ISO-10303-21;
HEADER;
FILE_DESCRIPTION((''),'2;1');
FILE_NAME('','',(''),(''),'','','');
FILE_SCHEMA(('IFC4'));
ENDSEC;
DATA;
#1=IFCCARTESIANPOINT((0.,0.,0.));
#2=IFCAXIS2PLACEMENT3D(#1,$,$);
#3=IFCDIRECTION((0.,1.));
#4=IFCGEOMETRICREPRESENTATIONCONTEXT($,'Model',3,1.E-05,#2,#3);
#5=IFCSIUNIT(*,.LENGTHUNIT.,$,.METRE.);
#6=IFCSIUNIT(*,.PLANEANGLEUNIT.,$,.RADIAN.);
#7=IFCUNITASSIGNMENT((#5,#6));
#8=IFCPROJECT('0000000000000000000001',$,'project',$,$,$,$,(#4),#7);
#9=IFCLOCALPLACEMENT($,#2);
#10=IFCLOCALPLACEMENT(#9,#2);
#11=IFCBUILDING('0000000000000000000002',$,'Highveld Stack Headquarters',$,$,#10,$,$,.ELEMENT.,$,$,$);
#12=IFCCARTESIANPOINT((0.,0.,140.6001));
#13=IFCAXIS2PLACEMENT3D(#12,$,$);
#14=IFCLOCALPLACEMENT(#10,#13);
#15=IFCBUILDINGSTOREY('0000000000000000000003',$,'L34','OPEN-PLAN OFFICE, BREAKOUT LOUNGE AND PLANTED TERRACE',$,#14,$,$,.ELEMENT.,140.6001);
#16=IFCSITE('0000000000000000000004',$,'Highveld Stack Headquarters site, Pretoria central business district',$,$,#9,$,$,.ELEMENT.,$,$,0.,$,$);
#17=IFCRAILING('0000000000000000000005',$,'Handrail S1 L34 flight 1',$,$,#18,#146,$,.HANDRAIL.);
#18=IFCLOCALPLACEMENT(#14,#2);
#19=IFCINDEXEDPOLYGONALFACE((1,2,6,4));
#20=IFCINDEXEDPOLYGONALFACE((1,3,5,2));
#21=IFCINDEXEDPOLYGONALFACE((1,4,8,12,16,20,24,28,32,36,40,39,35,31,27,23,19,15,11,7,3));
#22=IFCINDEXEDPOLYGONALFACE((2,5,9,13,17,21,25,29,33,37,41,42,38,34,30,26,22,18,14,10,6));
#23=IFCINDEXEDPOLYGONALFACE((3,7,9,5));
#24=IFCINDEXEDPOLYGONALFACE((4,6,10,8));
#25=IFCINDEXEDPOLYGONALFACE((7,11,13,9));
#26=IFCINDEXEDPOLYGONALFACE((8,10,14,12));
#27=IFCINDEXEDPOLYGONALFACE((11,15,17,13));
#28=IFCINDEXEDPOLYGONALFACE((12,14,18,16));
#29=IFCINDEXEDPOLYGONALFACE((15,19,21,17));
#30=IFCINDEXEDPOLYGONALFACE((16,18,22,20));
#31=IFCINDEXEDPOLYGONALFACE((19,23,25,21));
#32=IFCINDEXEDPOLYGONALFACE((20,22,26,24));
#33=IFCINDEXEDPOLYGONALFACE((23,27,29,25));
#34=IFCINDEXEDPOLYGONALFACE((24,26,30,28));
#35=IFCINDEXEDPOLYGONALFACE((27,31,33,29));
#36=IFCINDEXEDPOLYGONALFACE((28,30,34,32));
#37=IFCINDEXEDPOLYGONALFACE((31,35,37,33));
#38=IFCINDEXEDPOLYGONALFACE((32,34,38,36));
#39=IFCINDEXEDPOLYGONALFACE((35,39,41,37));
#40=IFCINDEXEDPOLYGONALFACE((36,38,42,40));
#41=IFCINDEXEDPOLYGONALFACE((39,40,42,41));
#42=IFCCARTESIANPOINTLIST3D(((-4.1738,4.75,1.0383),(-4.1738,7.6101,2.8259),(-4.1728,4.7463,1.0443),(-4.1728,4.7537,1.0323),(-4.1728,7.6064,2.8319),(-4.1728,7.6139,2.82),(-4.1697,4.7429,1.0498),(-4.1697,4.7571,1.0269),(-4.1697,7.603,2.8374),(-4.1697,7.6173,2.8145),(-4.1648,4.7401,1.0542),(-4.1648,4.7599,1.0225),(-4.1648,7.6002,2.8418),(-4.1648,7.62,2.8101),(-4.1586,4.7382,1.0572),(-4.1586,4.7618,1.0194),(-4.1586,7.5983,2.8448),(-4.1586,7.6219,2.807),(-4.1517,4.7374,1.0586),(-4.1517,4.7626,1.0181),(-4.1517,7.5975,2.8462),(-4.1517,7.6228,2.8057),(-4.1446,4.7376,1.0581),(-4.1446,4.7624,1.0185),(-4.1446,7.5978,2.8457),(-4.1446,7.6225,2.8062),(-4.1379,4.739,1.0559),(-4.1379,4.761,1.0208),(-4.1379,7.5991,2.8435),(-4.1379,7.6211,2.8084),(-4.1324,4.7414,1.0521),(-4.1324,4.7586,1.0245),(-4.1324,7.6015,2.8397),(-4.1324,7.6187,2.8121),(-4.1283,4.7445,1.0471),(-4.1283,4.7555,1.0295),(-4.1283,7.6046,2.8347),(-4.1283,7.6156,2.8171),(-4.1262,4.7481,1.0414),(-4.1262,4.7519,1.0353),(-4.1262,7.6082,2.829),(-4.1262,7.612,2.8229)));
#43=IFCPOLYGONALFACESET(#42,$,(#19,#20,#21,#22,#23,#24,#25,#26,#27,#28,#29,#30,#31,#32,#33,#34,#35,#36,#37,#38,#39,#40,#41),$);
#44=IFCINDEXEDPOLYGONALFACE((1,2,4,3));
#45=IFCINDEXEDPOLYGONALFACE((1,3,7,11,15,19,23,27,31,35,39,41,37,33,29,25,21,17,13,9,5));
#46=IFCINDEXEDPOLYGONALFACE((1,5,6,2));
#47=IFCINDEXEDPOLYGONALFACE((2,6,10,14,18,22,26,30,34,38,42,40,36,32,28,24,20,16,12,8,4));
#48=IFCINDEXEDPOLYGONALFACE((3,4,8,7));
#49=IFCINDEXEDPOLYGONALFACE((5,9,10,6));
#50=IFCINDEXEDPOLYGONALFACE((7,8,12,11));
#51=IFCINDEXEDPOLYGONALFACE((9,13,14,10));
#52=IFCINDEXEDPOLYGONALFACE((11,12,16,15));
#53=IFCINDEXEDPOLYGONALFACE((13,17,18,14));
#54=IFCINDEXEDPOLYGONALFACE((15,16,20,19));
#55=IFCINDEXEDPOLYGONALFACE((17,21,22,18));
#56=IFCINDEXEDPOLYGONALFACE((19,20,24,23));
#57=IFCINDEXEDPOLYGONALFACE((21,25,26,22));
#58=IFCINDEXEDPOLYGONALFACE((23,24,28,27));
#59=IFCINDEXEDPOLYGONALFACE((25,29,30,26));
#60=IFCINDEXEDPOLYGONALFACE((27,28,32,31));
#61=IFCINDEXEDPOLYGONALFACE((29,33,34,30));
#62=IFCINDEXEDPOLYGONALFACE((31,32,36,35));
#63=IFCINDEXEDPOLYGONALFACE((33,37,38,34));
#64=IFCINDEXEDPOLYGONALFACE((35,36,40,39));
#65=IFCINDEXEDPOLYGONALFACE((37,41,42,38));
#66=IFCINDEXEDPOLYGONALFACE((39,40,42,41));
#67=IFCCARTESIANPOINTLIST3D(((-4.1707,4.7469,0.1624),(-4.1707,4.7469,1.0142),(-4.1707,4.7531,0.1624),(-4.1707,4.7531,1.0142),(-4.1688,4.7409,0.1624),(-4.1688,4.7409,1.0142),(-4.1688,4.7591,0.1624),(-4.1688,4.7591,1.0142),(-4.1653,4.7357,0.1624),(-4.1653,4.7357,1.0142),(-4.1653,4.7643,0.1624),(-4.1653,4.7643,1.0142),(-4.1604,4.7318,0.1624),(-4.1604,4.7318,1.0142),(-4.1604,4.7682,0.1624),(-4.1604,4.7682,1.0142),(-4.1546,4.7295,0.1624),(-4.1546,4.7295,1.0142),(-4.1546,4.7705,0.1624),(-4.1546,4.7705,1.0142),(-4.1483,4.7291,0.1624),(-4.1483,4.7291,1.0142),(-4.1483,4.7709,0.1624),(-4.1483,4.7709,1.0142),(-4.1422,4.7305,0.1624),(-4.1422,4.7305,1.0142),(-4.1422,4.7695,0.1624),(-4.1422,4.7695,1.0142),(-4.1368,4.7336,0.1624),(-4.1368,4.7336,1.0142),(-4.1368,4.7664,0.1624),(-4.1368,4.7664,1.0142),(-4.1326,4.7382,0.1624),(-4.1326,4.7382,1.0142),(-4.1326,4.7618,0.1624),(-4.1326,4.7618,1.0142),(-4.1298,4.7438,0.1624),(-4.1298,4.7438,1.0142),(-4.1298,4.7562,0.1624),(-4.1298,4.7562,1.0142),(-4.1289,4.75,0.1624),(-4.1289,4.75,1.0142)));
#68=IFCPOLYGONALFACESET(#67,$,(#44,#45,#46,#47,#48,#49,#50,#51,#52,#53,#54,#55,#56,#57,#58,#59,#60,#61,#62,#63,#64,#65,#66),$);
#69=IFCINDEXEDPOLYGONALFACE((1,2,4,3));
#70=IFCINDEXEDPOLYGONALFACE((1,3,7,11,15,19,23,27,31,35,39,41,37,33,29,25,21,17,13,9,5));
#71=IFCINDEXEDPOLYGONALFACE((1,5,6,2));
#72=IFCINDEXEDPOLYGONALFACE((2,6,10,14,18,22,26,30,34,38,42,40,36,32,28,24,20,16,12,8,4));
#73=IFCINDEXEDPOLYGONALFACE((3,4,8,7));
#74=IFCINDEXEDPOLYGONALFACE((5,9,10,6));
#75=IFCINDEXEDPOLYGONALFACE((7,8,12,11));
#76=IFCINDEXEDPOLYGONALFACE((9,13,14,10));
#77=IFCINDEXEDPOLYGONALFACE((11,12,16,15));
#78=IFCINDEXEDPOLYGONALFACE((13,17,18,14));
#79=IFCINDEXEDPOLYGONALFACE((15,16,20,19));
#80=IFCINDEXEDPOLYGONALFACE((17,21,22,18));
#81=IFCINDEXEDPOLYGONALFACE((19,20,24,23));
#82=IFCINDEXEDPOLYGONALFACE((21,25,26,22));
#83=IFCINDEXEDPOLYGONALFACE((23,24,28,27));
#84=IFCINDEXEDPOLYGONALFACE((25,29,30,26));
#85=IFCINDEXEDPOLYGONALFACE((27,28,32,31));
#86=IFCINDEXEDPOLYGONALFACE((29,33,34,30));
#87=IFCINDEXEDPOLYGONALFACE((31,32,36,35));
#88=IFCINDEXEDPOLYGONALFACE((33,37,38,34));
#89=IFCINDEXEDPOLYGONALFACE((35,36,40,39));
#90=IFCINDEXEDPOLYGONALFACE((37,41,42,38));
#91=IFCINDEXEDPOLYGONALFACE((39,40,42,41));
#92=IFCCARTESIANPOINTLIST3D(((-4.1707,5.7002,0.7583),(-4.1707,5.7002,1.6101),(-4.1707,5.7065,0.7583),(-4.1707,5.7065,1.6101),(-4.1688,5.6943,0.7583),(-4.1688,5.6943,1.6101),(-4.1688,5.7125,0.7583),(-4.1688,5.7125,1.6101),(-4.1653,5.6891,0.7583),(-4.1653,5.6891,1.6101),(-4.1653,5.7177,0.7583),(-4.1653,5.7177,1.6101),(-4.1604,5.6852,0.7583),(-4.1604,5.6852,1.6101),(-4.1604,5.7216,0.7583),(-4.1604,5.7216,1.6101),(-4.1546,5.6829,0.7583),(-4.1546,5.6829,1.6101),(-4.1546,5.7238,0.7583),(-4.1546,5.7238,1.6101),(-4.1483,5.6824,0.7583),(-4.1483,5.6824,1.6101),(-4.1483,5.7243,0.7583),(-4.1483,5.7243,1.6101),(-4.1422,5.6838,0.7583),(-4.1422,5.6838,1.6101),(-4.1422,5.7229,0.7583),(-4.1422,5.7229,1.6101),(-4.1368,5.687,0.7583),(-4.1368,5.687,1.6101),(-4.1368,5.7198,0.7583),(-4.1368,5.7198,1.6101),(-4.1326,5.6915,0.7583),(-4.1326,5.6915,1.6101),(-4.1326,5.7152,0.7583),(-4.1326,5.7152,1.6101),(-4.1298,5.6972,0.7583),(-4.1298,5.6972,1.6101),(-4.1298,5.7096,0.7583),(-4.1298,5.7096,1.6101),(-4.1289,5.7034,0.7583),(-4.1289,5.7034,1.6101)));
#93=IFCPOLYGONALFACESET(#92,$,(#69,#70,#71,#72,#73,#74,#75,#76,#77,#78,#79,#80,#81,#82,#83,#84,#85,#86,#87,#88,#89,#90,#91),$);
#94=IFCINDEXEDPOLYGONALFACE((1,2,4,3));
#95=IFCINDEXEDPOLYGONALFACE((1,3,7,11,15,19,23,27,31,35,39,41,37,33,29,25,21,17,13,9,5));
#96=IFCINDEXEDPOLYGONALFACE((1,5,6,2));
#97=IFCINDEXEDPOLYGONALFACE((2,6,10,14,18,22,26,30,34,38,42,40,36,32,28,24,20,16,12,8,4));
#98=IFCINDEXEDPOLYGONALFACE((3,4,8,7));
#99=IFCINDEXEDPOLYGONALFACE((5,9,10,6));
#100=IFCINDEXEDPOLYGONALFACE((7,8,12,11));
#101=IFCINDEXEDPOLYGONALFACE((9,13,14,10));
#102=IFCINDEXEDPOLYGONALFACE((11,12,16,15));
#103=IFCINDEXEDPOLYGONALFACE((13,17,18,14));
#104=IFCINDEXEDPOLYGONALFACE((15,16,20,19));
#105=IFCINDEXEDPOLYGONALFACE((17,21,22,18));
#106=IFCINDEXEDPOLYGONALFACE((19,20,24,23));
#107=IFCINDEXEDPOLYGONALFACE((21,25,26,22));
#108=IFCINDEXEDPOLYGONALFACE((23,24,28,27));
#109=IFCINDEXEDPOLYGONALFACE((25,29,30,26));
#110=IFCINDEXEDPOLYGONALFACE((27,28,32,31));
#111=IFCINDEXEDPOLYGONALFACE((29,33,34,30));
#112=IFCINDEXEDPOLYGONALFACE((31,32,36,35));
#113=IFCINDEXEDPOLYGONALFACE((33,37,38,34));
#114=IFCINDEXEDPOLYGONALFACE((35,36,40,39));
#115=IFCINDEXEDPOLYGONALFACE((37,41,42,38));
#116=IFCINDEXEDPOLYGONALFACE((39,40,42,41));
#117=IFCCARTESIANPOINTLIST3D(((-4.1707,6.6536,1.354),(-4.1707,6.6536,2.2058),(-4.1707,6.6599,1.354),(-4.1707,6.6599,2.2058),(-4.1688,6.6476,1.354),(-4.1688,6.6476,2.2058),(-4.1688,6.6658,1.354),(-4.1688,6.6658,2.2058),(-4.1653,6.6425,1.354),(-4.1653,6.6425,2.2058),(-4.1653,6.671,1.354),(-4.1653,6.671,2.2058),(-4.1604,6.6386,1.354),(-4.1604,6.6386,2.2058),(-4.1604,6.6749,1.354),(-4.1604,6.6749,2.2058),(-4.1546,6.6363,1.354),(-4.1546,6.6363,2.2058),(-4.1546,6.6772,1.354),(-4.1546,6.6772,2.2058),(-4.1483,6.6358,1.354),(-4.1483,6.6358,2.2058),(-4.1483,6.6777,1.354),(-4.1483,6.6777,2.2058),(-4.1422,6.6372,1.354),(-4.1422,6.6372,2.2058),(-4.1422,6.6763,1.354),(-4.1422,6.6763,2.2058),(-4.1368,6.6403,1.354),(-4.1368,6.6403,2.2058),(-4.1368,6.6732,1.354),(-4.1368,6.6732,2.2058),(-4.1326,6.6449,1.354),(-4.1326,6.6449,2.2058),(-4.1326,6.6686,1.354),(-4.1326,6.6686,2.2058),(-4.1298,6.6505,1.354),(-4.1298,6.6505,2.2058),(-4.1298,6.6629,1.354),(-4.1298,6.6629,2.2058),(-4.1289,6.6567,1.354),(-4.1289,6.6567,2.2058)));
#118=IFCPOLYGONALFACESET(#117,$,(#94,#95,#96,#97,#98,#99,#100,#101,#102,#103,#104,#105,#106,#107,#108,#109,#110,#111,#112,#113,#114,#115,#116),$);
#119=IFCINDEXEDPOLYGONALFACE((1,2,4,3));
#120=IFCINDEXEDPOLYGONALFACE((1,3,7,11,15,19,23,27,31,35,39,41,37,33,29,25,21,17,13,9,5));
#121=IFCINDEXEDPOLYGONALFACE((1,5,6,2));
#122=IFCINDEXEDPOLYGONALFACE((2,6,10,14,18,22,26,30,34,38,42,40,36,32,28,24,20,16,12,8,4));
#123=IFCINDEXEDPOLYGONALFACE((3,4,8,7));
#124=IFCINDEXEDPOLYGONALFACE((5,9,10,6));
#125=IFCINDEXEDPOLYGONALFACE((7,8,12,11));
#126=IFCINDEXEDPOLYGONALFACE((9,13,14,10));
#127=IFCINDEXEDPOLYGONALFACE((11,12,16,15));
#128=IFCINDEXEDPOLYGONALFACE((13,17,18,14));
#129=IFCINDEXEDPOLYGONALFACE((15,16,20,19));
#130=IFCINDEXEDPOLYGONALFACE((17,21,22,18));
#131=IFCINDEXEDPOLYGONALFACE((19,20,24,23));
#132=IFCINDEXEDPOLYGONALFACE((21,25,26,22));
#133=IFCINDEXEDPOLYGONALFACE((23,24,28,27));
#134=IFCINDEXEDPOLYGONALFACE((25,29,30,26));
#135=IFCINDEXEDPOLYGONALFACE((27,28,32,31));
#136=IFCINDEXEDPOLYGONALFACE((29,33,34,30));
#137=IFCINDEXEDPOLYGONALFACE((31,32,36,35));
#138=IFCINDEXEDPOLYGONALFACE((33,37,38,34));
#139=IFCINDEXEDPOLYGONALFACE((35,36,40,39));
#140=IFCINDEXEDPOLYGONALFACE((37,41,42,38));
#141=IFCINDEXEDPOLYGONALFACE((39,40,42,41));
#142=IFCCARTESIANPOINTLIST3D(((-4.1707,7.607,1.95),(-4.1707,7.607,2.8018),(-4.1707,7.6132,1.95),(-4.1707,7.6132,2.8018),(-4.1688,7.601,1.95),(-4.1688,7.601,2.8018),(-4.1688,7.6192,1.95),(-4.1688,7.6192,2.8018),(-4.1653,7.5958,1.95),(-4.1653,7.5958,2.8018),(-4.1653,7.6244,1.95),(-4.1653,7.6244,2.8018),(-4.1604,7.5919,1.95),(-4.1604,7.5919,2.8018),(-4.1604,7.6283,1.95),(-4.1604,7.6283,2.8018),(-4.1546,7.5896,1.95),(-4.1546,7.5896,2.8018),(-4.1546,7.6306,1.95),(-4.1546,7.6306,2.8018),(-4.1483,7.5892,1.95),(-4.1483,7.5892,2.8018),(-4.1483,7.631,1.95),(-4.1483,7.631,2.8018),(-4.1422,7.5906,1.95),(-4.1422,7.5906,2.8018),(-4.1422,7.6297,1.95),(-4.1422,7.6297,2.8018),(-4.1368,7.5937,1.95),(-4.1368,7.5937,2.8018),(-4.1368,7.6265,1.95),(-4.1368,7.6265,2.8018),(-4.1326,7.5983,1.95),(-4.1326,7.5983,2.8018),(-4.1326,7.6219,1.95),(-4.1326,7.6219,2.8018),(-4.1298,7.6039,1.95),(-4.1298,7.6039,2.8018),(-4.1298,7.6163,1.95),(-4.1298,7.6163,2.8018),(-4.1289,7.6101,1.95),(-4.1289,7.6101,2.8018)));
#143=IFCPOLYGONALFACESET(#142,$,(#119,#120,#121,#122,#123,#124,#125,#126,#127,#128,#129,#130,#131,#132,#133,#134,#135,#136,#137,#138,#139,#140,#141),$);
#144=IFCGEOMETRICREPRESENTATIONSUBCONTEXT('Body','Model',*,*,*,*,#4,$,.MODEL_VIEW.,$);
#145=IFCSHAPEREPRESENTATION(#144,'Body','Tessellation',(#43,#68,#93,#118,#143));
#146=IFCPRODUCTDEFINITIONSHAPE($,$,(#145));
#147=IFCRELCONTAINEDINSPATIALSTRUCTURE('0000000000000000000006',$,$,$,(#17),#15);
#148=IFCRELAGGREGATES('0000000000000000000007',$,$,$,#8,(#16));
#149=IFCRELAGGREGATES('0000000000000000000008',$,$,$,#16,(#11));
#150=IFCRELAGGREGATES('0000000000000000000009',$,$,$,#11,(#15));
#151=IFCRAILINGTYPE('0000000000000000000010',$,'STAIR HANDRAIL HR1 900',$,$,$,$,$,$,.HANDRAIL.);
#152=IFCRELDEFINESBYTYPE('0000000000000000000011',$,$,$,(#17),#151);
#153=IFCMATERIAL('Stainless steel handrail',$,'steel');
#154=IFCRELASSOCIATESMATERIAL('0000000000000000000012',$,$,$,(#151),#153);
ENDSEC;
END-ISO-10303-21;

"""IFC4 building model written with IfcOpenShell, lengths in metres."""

from ifc_helpers import new_model, si_unit, direction, frame, origin, origin_2d, place, context, subcontext, project, spatial, circle, extrude, material, type_object, element, save


model = new_model("IFC4")

# Units and contexts
model_context = context("Model", 3, precision=1e-05, world=origin(), true_north=direction((0.0, 1.0)))
body_context = subcontext(model_context, "Body", "Model", "MODEL_VIEW")
ifc_project = project(units=[si_unit("LENGTHUNIT", "METRE"), si_unit("PLANEANGLEUNIT", "RADIAN")], contexts=[model_context])

# Site, building, storey
site_placement = place(None, origin())
site = spatial("IfcSite", under=ifc_project, at=site_placement, Name="Highveld Stack Headquarters site, Pretoria central business district", CompositionType="ELEMENT", RefElevation=0.0)
building_placement = place(site_placement, origin())
building = spatial("IfcBuilding", under=site, at=building_placement, Name="Highveld Stack Headquarters", CompositionType="ELEMENT")
storey_placement = place(building_placement, frame((0.0, 0.0, 140.6001)))
storey = spatial("IfcBuildingStorey", under=building, at=storey_placement, Name="L34", Description="OPEN-PLAN OFFICE, BREAKOUT LOUNGE AND PLANTED TERRACE", CompositionType="ELEMENT", Elevation=140.6001)

# Railing
ifc_material_1 = material(Name="Stainless steel handrail", Category="steel")
railing_type = type_object("IfcRailingType", Name="STAIR HANDRAIL HR1 900", PredefinedType="HANDRAIL", material=ifc_material_1)
for number, where, name in (
    (1, (-4.1499, 4.75, 0.1624), "Handrail S1 L34 flight 1"),
):
    element("IfcRailing", number, at=place(storey_placement, frame(where)), inside=storey, type_object=railing_type, Name=name, PredefinedType="HANDRAIL", context=body_context, shape_type="SweptSolid", body=[
        extrude(circle(Radius=0.0239, at=origin_2d()), frame((0.0, 0.0, 0.876), z_axis=(0.0, 0.847994, 0.530005), x_axis=(-1.0, 0.0, 0.0)), (0.0, 0.0, 1.0), 3.3728),
        extrude(circle(Radius=0.021, at=origin_2d()), origin(), (0.0, 0.0, 1.0), 0.8518),
        extrude(circle(Radius=0.021, at=origin_2d()), frame((0.0, 0.9534, 0.5959)), (0.0, 0.0, 1.0), 0.8518),
        extrude(circle(Radius=0.021, at=origin_2d()), frame((0.0, 1.9067, 1.1917)), (0.0, 0.0, 1.0), 0.8518),
        extrude(circle(Radius=0.021, at=origin_2d()), frame((0.0, 2.8601, 1.7876)), (0.0, 0.0, 1.0), 0.8518),
    ])

save(model, "model.ifc")
